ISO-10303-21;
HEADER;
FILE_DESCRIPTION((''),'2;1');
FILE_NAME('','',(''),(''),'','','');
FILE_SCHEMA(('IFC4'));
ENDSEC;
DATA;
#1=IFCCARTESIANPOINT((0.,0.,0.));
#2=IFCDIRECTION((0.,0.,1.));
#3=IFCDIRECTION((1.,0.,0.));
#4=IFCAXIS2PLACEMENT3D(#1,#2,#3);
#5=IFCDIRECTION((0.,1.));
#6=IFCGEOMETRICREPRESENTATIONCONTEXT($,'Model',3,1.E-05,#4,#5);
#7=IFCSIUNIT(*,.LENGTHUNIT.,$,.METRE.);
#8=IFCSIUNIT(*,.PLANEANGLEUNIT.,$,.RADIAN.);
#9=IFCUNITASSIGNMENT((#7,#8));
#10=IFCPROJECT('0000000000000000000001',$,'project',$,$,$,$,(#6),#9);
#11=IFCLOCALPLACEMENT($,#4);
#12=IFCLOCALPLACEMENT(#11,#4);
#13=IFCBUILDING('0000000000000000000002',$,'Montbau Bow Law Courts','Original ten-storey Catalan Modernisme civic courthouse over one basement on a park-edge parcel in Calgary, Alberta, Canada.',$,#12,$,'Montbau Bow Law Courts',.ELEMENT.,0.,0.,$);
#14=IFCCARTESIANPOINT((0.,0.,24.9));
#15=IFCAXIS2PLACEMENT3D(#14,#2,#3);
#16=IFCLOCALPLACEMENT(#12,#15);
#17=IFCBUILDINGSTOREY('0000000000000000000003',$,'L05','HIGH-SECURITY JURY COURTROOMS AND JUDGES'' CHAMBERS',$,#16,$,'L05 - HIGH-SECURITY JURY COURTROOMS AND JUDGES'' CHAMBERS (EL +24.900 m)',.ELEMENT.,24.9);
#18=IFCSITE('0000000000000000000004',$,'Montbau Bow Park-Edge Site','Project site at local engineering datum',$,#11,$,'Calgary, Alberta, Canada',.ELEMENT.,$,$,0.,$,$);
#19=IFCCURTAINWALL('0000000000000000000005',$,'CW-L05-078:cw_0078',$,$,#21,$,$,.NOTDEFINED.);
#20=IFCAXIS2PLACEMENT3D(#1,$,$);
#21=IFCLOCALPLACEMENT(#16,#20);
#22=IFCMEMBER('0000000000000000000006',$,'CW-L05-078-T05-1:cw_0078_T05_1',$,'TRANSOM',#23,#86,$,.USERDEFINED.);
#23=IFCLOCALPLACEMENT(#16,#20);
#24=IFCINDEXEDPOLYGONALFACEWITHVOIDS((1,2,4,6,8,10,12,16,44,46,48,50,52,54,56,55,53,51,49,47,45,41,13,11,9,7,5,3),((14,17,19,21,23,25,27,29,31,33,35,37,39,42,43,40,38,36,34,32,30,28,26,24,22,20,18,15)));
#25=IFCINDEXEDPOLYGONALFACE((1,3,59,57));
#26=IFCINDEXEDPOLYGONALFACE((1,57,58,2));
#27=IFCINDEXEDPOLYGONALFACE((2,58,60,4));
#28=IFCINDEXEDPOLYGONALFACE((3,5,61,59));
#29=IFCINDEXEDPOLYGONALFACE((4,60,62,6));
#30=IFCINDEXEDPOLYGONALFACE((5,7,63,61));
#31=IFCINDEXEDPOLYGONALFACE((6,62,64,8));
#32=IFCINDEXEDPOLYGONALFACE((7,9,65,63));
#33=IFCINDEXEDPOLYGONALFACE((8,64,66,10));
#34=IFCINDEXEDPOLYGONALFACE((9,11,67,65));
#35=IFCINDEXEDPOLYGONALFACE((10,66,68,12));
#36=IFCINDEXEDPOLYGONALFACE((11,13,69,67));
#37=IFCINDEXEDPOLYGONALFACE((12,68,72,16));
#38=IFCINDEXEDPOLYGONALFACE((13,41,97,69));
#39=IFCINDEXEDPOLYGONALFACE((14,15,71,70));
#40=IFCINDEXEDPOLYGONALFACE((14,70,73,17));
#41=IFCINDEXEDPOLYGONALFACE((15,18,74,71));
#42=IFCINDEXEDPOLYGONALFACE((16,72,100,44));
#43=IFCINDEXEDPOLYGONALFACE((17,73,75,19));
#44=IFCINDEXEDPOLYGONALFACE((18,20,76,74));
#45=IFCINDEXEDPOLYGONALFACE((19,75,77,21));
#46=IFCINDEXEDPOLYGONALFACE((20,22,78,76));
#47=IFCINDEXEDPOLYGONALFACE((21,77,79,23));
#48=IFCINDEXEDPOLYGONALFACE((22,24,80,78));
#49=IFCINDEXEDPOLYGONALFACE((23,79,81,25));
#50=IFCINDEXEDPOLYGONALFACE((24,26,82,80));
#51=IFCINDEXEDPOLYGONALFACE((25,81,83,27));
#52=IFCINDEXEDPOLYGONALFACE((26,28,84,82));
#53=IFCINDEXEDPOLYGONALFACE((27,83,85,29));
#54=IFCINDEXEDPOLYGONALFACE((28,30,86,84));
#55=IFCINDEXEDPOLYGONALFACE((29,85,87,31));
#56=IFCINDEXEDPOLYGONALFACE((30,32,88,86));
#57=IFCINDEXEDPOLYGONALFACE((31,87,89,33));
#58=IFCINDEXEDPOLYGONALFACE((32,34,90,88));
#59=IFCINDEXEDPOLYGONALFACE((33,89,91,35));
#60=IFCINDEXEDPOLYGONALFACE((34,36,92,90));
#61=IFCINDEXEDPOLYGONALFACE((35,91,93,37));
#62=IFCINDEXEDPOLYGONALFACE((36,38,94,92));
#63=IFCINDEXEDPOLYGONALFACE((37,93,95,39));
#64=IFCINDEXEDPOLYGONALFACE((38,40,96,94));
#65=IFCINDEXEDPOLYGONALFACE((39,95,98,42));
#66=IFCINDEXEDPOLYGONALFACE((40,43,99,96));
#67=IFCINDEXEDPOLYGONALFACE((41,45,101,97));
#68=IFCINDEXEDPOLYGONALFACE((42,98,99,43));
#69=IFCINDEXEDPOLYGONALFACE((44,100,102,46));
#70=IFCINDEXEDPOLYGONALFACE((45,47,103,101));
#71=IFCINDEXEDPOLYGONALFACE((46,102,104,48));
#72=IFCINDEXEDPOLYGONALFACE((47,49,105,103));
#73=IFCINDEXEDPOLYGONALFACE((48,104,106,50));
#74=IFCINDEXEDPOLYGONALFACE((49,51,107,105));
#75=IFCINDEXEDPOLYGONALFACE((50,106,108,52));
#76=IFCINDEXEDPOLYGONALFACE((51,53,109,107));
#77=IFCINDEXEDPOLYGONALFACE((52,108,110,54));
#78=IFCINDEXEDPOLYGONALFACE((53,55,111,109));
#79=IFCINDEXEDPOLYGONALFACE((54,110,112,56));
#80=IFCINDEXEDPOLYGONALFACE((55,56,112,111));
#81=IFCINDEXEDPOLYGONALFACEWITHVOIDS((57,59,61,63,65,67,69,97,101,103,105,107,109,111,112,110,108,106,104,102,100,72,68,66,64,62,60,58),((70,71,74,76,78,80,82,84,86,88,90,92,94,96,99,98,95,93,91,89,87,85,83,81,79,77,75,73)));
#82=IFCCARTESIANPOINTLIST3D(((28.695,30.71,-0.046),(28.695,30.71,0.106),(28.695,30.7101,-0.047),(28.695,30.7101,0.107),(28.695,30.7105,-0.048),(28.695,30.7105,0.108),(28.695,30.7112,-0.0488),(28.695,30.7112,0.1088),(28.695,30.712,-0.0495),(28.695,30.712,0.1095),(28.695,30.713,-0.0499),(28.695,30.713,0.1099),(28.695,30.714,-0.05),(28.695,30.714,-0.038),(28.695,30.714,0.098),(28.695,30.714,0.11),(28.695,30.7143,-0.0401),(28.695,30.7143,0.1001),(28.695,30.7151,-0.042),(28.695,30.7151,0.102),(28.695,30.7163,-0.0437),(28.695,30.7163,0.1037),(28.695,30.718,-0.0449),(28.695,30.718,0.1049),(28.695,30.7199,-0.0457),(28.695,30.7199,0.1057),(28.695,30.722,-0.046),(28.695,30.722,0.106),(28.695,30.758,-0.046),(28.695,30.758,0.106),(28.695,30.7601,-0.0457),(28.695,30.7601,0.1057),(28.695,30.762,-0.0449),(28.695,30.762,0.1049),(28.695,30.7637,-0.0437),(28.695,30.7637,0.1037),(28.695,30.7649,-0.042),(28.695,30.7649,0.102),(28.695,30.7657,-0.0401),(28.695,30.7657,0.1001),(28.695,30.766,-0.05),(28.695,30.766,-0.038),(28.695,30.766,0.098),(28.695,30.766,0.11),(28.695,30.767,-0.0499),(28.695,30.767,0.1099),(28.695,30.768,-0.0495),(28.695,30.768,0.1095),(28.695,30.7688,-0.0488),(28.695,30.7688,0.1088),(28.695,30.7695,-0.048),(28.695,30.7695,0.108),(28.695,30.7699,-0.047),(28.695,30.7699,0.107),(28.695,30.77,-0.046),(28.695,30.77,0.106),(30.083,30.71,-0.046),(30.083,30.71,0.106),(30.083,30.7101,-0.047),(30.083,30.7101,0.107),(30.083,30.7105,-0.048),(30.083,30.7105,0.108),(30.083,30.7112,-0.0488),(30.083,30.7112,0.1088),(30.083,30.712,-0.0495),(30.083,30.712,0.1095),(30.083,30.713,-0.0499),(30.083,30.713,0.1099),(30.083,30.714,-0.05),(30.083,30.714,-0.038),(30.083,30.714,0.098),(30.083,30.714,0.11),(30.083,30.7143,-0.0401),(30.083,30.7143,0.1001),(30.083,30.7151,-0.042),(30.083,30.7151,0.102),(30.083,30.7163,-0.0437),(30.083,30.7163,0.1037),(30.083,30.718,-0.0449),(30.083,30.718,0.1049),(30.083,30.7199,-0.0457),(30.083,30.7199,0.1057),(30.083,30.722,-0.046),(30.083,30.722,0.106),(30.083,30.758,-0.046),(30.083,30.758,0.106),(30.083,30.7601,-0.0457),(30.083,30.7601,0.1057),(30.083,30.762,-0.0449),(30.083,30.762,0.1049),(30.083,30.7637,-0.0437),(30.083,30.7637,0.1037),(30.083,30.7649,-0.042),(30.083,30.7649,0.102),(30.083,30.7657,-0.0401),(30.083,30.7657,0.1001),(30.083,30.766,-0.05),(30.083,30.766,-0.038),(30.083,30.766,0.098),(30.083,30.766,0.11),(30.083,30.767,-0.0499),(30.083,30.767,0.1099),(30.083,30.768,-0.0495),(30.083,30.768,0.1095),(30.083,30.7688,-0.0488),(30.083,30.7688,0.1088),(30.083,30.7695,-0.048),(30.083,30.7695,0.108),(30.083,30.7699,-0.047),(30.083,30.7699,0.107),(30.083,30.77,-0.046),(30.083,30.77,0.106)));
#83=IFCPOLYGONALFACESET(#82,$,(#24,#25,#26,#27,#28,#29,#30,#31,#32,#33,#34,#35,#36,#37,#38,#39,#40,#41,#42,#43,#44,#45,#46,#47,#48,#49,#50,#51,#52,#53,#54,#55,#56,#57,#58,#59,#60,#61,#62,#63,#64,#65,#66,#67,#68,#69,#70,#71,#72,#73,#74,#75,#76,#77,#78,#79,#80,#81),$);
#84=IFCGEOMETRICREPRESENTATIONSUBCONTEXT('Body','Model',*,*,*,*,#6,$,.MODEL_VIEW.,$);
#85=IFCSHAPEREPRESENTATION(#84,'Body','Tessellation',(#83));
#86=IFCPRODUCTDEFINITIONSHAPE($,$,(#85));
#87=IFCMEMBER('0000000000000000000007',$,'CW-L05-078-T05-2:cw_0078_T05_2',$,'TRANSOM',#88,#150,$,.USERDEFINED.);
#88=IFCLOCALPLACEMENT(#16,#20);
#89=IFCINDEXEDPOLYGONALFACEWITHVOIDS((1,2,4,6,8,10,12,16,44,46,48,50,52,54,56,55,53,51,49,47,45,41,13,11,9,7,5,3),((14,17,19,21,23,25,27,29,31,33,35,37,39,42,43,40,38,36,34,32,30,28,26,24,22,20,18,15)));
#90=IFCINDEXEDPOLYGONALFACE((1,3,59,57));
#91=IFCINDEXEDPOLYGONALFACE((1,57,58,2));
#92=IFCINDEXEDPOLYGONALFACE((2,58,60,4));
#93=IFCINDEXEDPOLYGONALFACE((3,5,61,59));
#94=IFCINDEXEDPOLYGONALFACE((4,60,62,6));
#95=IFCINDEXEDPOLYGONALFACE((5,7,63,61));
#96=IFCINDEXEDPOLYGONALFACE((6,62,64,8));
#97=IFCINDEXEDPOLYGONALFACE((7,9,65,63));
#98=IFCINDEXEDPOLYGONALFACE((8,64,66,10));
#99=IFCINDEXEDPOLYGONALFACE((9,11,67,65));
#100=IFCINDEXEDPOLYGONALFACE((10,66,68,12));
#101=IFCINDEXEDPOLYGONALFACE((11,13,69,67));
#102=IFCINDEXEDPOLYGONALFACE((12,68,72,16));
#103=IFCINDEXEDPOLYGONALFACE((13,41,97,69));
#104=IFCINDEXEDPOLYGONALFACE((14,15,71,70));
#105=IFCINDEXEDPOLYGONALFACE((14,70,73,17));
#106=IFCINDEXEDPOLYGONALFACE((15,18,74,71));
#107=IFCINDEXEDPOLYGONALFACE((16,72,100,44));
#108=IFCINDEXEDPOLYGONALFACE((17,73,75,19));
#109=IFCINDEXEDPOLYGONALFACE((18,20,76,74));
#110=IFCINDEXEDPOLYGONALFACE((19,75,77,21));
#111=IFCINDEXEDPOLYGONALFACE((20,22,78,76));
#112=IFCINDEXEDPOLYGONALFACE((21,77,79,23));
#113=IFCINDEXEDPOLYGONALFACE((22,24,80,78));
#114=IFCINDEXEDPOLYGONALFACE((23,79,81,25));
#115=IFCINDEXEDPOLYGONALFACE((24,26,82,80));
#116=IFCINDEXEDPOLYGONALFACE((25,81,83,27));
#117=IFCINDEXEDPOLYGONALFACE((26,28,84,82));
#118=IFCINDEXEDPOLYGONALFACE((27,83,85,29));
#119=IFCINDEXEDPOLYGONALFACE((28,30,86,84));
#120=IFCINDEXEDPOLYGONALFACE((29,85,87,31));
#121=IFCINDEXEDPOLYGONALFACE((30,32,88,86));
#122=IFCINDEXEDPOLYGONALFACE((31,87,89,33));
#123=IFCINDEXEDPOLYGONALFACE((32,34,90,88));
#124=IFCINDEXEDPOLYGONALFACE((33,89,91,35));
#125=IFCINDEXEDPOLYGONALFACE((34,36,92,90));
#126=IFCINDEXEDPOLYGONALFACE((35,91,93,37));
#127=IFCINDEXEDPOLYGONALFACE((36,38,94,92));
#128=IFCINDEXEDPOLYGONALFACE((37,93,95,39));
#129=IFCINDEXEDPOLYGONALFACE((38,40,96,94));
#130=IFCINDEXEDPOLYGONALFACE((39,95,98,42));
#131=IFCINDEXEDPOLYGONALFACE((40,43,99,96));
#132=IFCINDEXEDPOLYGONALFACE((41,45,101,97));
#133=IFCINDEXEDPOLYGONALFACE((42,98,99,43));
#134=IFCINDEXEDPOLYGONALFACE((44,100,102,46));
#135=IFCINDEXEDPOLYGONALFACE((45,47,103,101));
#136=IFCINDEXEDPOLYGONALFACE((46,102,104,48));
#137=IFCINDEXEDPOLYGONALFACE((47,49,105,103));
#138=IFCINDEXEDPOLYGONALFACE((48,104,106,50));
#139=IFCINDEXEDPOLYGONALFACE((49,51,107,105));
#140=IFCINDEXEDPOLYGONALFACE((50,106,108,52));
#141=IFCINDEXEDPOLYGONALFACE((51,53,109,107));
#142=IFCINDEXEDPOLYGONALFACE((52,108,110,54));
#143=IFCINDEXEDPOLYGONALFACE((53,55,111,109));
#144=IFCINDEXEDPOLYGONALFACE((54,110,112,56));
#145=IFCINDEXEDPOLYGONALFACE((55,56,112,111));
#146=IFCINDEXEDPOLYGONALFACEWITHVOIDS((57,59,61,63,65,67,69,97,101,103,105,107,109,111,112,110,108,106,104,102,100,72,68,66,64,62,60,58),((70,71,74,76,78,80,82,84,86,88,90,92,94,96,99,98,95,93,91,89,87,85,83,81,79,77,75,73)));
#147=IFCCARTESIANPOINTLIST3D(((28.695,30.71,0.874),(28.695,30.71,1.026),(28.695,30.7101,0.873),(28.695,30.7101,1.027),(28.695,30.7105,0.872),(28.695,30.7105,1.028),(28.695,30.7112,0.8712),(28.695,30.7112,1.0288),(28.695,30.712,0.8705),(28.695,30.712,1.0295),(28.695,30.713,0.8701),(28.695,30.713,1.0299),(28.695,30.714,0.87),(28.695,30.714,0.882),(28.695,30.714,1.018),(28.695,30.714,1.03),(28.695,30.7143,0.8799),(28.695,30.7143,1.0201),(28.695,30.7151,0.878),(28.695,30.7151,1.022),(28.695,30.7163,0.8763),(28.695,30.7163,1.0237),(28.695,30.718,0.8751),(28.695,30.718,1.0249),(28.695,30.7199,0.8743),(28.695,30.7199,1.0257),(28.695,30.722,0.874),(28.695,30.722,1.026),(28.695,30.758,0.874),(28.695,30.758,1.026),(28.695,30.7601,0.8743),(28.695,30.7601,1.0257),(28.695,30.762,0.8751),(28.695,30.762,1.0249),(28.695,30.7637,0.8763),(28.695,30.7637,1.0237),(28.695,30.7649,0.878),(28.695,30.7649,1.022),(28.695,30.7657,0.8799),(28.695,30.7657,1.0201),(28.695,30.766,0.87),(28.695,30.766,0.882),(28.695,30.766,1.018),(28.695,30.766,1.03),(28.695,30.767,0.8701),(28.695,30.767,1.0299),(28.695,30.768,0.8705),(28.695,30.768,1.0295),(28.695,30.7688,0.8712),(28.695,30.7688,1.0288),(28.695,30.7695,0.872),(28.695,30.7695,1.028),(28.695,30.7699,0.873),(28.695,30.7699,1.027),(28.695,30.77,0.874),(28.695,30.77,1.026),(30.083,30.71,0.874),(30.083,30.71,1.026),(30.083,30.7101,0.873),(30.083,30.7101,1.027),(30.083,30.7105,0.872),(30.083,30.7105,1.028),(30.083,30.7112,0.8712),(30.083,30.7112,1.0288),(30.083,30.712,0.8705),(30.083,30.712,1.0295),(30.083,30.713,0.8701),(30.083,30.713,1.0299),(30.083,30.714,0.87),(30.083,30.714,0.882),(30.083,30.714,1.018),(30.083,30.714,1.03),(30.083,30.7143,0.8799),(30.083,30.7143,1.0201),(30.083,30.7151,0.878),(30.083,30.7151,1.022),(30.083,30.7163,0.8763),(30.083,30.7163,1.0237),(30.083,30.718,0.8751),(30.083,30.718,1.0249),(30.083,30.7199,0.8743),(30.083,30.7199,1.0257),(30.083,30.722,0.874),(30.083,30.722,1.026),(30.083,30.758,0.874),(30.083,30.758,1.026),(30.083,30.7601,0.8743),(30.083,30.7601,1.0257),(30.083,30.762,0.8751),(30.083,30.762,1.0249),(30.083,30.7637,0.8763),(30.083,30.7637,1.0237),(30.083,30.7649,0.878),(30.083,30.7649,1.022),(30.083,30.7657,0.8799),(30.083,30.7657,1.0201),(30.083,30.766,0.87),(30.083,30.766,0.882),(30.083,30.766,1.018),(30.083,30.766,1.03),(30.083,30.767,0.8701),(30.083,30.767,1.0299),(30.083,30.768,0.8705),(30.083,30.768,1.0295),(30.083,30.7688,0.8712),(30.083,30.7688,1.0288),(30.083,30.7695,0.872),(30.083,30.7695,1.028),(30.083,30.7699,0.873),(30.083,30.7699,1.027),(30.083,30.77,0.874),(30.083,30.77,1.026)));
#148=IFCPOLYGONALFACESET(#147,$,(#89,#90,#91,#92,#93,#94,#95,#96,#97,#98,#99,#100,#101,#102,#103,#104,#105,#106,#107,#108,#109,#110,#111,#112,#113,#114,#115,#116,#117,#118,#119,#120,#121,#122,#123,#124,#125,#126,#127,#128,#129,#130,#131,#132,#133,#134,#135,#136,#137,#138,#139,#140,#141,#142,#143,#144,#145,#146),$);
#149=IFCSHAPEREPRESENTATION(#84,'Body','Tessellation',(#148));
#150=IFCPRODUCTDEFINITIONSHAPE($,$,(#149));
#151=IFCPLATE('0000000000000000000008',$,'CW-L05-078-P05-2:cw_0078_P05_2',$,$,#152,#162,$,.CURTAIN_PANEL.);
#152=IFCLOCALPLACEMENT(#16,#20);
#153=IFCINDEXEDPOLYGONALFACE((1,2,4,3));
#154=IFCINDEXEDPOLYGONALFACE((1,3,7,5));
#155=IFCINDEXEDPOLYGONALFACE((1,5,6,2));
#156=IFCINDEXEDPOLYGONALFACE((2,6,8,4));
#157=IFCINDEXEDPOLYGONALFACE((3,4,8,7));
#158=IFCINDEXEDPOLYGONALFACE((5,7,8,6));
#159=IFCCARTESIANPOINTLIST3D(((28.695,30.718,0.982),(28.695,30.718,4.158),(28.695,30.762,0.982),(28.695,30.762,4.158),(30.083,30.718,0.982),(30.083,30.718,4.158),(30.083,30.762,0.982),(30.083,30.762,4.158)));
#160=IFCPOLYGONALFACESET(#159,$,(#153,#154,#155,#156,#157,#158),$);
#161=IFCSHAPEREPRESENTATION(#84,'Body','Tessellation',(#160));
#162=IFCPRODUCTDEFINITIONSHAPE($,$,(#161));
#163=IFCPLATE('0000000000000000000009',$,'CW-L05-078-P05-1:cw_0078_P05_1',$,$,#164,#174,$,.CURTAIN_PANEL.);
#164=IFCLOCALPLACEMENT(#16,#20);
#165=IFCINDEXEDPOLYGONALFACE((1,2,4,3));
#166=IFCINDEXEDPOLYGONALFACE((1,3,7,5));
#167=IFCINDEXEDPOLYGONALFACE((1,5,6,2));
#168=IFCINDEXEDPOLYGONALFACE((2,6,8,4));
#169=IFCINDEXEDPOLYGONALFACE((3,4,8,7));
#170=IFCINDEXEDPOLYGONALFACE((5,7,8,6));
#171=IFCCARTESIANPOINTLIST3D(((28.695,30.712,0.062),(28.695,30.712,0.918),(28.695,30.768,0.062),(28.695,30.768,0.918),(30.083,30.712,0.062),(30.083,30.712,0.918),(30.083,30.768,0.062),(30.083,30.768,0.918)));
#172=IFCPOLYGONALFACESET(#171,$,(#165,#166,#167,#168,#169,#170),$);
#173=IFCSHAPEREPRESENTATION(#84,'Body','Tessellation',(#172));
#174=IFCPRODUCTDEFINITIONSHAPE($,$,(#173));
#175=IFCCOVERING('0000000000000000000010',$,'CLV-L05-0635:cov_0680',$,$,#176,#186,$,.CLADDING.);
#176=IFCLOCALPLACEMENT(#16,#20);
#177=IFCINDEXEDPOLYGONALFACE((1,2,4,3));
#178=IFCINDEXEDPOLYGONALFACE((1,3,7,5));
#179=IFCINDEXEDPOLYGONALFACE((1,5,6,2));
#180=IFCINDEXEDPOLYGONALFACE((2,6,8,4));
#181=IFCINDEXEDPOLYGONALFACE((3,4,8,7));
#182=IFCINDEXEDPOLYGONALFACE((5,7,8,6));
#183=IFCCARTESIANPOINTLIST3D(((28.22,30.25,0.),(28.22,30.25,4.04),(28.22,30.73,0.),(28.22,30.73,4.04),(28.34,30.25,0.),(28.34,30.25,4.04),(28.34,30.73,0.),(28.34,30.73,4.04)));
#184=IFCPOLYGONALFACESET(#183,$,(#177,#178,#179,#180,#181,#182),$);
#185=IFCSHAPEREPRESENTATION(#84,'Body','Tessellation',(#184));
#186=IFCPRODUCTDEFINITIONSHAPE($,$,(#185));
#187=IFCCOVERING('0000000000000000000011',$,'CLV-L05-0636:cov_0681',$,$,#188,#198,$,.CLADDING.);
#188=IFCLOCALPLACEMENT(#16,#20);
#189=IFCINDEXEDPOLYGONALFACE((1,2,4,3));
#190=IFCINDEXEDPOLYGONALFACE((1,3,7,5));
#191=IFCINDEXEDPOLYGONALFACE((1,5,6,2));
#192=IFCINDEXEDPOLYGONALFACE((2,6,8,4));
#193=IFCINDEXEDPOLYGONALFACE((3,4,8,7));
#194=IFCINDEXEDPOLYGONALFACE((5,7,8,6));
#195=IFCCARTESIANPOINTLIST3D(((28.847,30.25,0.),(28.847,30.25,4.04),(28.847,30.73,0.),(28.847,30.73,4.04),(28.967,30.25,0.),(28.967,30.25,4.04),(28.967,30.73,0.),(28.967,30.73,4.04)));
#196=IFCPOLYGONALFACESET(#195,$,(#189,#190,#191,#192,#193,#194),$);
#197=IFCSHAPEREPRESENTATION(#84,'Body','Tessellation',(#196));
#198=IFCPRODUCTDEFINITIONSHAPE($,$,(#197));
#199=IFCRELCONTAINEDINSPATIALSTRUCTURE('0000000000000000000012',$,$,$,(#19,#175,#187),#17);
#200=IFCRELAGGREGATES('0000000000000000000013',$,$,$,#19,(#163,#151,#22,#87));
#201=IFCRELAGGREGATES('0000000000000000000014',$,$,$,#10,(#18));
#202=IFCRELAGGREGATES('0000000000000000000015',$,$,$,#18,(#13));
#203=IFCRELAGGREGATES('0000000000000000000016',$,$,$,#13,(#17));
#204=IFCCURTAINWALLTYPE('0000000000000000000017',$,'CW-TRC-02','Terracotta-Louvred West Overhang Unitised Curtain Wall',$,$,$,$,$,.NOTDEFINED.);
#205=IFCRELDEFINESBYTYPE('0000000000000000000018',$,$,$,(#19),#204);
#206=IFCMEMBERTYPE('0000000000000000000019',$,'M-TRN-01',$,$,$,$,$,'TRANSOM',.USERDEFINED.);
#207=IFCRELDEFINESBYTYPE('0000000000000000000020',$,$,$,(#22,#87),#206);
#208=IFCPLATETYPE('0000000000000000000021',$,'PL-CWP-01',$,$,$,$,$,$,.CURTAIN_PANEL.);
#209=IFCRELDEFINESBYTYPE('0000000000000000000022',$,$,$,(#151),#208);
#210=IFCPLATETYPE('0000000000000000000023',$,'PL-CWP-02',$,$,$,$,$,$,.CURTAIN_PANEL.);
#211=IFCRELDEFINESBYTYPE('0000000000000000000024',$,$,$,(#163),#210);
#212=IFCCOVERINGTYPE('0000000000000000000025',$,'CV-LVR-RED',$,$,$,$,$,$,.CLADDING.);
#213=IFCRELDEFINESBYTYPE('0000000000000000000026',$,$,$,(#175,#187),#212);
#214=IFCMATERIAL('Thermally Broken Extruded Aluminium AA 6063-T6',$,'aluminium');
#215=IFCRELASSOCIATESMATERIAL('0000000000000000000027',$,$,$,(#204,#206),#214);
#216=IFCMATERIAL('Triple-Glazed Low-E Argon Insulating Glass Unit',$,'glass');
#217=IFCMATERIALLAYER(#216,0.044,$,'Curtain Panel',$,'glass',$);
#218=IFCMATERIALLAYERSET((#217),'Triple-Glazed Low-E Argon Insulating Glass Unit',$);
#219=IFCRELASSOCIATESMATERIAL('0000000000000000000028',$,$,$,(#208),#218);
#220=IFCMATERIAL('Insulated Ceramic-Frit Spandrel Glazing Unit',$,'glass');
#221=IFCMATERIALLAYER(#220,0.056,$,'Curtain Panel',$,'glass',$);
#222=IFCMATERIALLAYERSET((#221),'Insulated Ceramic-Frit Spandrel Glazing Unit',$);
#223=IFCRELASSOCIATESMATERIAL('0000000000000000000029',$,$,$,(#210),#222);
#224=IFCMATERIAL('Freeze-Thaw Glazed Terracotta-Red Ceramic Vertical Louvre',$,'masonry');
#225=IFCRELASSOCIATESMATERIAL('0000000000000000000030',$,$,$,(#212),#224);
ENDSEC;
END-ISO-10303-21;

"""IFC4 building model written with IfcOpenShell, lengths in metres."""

from ifc_helpers import new_model, si_unit, direction, frame, frame_2d, origin_with_axes, origin_2d_with_axis, place, context, subcontext, project, spatial, rectangle, hollow_rectangle, extrude, material, layer, layer_set, material_profile, profile_set, type_object, element, aggregate, save


model = new_model("IFC4")

# Units and contexts
model_context = context("Model", 3, precision=1e-05, world=origin_with_axes(), true_north=direction((0.0, 1.0)))
body_context = subcontext(model_context, "Body", "Model", "MODEL_VIEW")
ifc_project = project(units=[si_unit("LENGTHUNIT", "METRE"), si_unit("PLANEANGLEUNIT", "RADIAN")], contexts=[model_context])

# Site, building, storey
site_placement = place(None, origin_with_axes())
site = spatial("IfcSite", under=ifc_project, at=site_placement, Name="Montbau Bow Park-Edge Site", Description="Project site at local engineering datum", LongName="Calgary, Alberta, Canada", CompositionType="ELEMENT", RefElevation=0.0)
building_placement = place(site_placement, origin_with_axes())
building = spatial("IfcBuilding", under=site, at=building_placement, Name="Montbau Bow Law Courts", Description="Original ten-storey Catalan Modernisme civic courthouse over one basement on a park-edge parcel in Calgary, Alberta, Canada.", LongName="Montbau Bow Law Courts", CompositionType="ELEMENT", ElevationOfRefHeight=0.0, ElevationOfTerrain=0.0)
storey_placement = place(building_placement, frame((0.0, 0.0, 24.9), z_axis=(0.0, 0.0, 1.0), x_axis=(1.0, 0.0, 0.0)))
storey = spatial("IfcBuildingStorey", under=building, at=storey_placement, Name="L05", Description="HIGH-SECURITY JURY COURTROOMS AND JUDGES' CHAMBERS", LongName="L05 - HIGH-SECURITY JURY COURTROOMS AND JUDGES' CHAMBERS (EL +24.900 m)", CompositionType="ELEMENT", Elevation=24.9)

# Curtain wall, members, plates
ifc_material_1 = material(Name="Thermally Broken Extruded Aluminium AA 6063-T6", Category="aluminium")
curtain_wall_type = type_object("IfcCurtainWallType", Name="CW-TRC-02", Description="Terracotta-Louvred West Overhang Unitised Curtain Wall", PredefinedType="NOTDEFINED", material=ifc_material_1)
curtain_wall_placement = place(None, frame((22.64, 30.74, 24.9), z_axis=(0.0, 0.0, 1.0), x_axis=(1.0, 0.0, 0.0)))
curtain_wall = element("IfcCurtainWall", 1, at=curtain_wall_placement, inside=storey, type_object=curtain_wall_type, Name="CW-L05-078:cw_0078", PredefinedType="NOTDEFINED")
ifc_material_profile_1 = material_profile(ifc_material_1, hollow_rectangle(XDim=0.06, YDim=0.16, WallThickness=0.004, InnerFilletRadius=0.008, OuterFilletRadius=0.004, at=origin_2d_with_axis()), Name="CWT-160X60", Category="Main", Priority=0)
ifc_profile_set_1 = profile_set([ifc_material_profile_1], Name="Thermally Broken Extruded Aluminium AA 6063-T6")
member_type_1 = type_object("IfcMemberType", Name="M-TRN-01", ElementType="TRANSOM", PredefinedType="USERDEFINED", material=ifc_profile_set_1)
member_1_placement = place(None, frame((28.695, 30.74, 24.93), z_axis=(1.0, 0.0, 0.0), x_axis=(0.0, 1.0, 0.0)))
member_1 = element("IfcMember", 2, at=member_1_placement, type_object=member_type_1, Name="CW-L05-078-T05-1:cw_0078_T05_1", ObjectType="TRANSOM", PredefinedType="USERDEFINED", context=body_context, shape_type="SweptSolid", body=[
    extrude(hollow_rectangle(XDim=0.06, YDim=0.16, WallThickness=0.004, InnerFilletRadius=0.008, OuterFilletRadius=0.004, at=origin_2d_with_axis()), origin_with_axes(), (0.0, 0.0, 1.0), 1.388),
])
member_2_placement = place(None, frame((28.695, 30.74, 25.85), z_axis=(1.0, 0.0, 0.0), x_axis=(0.0, 1.0, 0.0)))
member_2 = element("IfcMember", 3, at=member_2_placement, type_object=member_type_1, Name="CW-L05-078-T05-2:cw_0078_T05_2", ObjectType="TRANSOM", PredefinedType="USERDEFINED", context=body_context, shape_type="SweptSolid", body=[
    extrude(hollow_rectangle(XDim=0.06, YDim=0.16, WallThickness=0.004, InnerFilletRadius=0.008, OuterFilletRadius=0.004, at=origin_2d_with_axis()), origin_with_axes(), (0.0, 0.0, 1.0), 1.388),
])
ifc_material_2 = material(Name="Triple-Glazed Low-E Argon Insulating Glass Unit", Category="glass")
ifc_layer_1 = layer(ifc_material_2, 0.044, Name="Curtain Panel", Category="glass")
ifc_layer_set_1 = layer_set([ifc_layer_1], Name="Triple-Glazed Low-E Argon Insulating Glass Unit")
plate_type_1 = type_object("IfcPlateType", Name="PL-CWP-01", PredefinedType="CURTAIN_PANEL", material=ifc_layer_set_1)
plate_1_placement = place(None, frame((28.695, 30.74, 25.882), z_axis=(0.0, -1.0, 0.0), x_axis=(1.0, 0.0, 0.0)))
plate_1 = element("IfcPlate", 4, at=plate_1_placement, type_object=plate_type_1, Name="CW-L05-078-P05-2:cw_0078_P05_2", PredefinedType="CURTAIN_PANEL", context=body_context, shape_type="SweptSolid", body=[
    extrude(rectangle(XDim=1.388, YDim=3.176, at=frame_2d((0.694, 1.588), x_axis=(1.0, 0.0))), frame((0.0, 0.0, -0.022), z_axis=(0.0, 0.0, 1.0), x_axis=(1.0, 0.0, 0.0)), (0.0, 0.0, 1.0), 0.044),
])
ifc_material_3 = material(Name="Insulated Ceramic-Frit Spandrel Glazing Unit", Category="glass")
ifc_layer_2 = layer(ifc_material_3, 0.056, Name="Curtain Panel", Category="glass")
ifc_layer_set_2 = layer_set([ifc_layer_2], Name="Insulated Ceramic-Frit Spandrel Glazing Unit")
plate_type_2 = type_object("IfcPlateType", Name="PL-CWP-02", PredefinedType="CURTAIN_PANEL", material=ifc_layer_set_2)
plate_2_placement = place(None, frame((28.695, 30.74, 24.962), z_axis=(0.0, -1.0, 0.0), x_axis=(1.0, 0.0, 0.0)))
plate_2 = element("IfcPlate", 5, at=plate_2_placement, type_object=plate_type_2, Name="CW-L05-078-P05-1:cw_0078_P05_1", PredefinedType="CURTAIN_PANEL", context=body_context, shape_type="SweptSolid", body=[
    extrude(rectangle(XDim=1.388, YDim=0.856, at=frame_2d((0.694, 0.428), x_axis=(1.0, 0.0))), frame((0.0, 0.0, -0.028), z_axis=(0.0, 0.0, 1.0), x_axis=(1.0, 0.0, 0.0)), (0.0, 0.0, 1.0), 0.056),
])
aggregate(curtain_wall, [plate_2, plate_1, member_1, member_2])

# Coverings
ifc_material_4 = material(Name="Freeze-Thaw Glazed Terracotta-Red Ceramic Vertical Louvre", Category="masonry")
covering_type = type_object("IfcCoveringType", Name="CV-LVR-RED", PredefinedType="CLADDING", material=ifc_material_4)
for number, where, z_axis, x_axis, name in (
    (6, (28.28, 30.73, 24.9), (-1.0, 0.0, 0.0), (0.0, -1.0, 0.0), "CLV-L05-0635:cov_0680"),
    (7, (28.907, 30.73, 24.9), (-1.0, 0.0, 0.0), (0.0, -1.0, 0.0), "CLV-L05-0636:cov_0681"),
):
    element("IfcCovering", number, at=place(None, frame(where, z_axis=z_axis, x_axis=x_axis)), inside=storey, type_object=covering_type, Name=name, PredefinedType="CLADDING", context=body_context, shape_type="SweptSolid", body=[
        extrude(rectangle(XDim=0.48, YDim=4.04, at=frame_2d((0.24, 2.02), x_axis=(1.0, 0.0))), frame((0.0, 0.0, -0.06), z_axis=(0.0, 0.0, 1.0), x_axis=(1.0, 0.0, 0.0)), (0.0, 0.0, 1.0), 0.12),
    ])

save(model, "model.ifc")
